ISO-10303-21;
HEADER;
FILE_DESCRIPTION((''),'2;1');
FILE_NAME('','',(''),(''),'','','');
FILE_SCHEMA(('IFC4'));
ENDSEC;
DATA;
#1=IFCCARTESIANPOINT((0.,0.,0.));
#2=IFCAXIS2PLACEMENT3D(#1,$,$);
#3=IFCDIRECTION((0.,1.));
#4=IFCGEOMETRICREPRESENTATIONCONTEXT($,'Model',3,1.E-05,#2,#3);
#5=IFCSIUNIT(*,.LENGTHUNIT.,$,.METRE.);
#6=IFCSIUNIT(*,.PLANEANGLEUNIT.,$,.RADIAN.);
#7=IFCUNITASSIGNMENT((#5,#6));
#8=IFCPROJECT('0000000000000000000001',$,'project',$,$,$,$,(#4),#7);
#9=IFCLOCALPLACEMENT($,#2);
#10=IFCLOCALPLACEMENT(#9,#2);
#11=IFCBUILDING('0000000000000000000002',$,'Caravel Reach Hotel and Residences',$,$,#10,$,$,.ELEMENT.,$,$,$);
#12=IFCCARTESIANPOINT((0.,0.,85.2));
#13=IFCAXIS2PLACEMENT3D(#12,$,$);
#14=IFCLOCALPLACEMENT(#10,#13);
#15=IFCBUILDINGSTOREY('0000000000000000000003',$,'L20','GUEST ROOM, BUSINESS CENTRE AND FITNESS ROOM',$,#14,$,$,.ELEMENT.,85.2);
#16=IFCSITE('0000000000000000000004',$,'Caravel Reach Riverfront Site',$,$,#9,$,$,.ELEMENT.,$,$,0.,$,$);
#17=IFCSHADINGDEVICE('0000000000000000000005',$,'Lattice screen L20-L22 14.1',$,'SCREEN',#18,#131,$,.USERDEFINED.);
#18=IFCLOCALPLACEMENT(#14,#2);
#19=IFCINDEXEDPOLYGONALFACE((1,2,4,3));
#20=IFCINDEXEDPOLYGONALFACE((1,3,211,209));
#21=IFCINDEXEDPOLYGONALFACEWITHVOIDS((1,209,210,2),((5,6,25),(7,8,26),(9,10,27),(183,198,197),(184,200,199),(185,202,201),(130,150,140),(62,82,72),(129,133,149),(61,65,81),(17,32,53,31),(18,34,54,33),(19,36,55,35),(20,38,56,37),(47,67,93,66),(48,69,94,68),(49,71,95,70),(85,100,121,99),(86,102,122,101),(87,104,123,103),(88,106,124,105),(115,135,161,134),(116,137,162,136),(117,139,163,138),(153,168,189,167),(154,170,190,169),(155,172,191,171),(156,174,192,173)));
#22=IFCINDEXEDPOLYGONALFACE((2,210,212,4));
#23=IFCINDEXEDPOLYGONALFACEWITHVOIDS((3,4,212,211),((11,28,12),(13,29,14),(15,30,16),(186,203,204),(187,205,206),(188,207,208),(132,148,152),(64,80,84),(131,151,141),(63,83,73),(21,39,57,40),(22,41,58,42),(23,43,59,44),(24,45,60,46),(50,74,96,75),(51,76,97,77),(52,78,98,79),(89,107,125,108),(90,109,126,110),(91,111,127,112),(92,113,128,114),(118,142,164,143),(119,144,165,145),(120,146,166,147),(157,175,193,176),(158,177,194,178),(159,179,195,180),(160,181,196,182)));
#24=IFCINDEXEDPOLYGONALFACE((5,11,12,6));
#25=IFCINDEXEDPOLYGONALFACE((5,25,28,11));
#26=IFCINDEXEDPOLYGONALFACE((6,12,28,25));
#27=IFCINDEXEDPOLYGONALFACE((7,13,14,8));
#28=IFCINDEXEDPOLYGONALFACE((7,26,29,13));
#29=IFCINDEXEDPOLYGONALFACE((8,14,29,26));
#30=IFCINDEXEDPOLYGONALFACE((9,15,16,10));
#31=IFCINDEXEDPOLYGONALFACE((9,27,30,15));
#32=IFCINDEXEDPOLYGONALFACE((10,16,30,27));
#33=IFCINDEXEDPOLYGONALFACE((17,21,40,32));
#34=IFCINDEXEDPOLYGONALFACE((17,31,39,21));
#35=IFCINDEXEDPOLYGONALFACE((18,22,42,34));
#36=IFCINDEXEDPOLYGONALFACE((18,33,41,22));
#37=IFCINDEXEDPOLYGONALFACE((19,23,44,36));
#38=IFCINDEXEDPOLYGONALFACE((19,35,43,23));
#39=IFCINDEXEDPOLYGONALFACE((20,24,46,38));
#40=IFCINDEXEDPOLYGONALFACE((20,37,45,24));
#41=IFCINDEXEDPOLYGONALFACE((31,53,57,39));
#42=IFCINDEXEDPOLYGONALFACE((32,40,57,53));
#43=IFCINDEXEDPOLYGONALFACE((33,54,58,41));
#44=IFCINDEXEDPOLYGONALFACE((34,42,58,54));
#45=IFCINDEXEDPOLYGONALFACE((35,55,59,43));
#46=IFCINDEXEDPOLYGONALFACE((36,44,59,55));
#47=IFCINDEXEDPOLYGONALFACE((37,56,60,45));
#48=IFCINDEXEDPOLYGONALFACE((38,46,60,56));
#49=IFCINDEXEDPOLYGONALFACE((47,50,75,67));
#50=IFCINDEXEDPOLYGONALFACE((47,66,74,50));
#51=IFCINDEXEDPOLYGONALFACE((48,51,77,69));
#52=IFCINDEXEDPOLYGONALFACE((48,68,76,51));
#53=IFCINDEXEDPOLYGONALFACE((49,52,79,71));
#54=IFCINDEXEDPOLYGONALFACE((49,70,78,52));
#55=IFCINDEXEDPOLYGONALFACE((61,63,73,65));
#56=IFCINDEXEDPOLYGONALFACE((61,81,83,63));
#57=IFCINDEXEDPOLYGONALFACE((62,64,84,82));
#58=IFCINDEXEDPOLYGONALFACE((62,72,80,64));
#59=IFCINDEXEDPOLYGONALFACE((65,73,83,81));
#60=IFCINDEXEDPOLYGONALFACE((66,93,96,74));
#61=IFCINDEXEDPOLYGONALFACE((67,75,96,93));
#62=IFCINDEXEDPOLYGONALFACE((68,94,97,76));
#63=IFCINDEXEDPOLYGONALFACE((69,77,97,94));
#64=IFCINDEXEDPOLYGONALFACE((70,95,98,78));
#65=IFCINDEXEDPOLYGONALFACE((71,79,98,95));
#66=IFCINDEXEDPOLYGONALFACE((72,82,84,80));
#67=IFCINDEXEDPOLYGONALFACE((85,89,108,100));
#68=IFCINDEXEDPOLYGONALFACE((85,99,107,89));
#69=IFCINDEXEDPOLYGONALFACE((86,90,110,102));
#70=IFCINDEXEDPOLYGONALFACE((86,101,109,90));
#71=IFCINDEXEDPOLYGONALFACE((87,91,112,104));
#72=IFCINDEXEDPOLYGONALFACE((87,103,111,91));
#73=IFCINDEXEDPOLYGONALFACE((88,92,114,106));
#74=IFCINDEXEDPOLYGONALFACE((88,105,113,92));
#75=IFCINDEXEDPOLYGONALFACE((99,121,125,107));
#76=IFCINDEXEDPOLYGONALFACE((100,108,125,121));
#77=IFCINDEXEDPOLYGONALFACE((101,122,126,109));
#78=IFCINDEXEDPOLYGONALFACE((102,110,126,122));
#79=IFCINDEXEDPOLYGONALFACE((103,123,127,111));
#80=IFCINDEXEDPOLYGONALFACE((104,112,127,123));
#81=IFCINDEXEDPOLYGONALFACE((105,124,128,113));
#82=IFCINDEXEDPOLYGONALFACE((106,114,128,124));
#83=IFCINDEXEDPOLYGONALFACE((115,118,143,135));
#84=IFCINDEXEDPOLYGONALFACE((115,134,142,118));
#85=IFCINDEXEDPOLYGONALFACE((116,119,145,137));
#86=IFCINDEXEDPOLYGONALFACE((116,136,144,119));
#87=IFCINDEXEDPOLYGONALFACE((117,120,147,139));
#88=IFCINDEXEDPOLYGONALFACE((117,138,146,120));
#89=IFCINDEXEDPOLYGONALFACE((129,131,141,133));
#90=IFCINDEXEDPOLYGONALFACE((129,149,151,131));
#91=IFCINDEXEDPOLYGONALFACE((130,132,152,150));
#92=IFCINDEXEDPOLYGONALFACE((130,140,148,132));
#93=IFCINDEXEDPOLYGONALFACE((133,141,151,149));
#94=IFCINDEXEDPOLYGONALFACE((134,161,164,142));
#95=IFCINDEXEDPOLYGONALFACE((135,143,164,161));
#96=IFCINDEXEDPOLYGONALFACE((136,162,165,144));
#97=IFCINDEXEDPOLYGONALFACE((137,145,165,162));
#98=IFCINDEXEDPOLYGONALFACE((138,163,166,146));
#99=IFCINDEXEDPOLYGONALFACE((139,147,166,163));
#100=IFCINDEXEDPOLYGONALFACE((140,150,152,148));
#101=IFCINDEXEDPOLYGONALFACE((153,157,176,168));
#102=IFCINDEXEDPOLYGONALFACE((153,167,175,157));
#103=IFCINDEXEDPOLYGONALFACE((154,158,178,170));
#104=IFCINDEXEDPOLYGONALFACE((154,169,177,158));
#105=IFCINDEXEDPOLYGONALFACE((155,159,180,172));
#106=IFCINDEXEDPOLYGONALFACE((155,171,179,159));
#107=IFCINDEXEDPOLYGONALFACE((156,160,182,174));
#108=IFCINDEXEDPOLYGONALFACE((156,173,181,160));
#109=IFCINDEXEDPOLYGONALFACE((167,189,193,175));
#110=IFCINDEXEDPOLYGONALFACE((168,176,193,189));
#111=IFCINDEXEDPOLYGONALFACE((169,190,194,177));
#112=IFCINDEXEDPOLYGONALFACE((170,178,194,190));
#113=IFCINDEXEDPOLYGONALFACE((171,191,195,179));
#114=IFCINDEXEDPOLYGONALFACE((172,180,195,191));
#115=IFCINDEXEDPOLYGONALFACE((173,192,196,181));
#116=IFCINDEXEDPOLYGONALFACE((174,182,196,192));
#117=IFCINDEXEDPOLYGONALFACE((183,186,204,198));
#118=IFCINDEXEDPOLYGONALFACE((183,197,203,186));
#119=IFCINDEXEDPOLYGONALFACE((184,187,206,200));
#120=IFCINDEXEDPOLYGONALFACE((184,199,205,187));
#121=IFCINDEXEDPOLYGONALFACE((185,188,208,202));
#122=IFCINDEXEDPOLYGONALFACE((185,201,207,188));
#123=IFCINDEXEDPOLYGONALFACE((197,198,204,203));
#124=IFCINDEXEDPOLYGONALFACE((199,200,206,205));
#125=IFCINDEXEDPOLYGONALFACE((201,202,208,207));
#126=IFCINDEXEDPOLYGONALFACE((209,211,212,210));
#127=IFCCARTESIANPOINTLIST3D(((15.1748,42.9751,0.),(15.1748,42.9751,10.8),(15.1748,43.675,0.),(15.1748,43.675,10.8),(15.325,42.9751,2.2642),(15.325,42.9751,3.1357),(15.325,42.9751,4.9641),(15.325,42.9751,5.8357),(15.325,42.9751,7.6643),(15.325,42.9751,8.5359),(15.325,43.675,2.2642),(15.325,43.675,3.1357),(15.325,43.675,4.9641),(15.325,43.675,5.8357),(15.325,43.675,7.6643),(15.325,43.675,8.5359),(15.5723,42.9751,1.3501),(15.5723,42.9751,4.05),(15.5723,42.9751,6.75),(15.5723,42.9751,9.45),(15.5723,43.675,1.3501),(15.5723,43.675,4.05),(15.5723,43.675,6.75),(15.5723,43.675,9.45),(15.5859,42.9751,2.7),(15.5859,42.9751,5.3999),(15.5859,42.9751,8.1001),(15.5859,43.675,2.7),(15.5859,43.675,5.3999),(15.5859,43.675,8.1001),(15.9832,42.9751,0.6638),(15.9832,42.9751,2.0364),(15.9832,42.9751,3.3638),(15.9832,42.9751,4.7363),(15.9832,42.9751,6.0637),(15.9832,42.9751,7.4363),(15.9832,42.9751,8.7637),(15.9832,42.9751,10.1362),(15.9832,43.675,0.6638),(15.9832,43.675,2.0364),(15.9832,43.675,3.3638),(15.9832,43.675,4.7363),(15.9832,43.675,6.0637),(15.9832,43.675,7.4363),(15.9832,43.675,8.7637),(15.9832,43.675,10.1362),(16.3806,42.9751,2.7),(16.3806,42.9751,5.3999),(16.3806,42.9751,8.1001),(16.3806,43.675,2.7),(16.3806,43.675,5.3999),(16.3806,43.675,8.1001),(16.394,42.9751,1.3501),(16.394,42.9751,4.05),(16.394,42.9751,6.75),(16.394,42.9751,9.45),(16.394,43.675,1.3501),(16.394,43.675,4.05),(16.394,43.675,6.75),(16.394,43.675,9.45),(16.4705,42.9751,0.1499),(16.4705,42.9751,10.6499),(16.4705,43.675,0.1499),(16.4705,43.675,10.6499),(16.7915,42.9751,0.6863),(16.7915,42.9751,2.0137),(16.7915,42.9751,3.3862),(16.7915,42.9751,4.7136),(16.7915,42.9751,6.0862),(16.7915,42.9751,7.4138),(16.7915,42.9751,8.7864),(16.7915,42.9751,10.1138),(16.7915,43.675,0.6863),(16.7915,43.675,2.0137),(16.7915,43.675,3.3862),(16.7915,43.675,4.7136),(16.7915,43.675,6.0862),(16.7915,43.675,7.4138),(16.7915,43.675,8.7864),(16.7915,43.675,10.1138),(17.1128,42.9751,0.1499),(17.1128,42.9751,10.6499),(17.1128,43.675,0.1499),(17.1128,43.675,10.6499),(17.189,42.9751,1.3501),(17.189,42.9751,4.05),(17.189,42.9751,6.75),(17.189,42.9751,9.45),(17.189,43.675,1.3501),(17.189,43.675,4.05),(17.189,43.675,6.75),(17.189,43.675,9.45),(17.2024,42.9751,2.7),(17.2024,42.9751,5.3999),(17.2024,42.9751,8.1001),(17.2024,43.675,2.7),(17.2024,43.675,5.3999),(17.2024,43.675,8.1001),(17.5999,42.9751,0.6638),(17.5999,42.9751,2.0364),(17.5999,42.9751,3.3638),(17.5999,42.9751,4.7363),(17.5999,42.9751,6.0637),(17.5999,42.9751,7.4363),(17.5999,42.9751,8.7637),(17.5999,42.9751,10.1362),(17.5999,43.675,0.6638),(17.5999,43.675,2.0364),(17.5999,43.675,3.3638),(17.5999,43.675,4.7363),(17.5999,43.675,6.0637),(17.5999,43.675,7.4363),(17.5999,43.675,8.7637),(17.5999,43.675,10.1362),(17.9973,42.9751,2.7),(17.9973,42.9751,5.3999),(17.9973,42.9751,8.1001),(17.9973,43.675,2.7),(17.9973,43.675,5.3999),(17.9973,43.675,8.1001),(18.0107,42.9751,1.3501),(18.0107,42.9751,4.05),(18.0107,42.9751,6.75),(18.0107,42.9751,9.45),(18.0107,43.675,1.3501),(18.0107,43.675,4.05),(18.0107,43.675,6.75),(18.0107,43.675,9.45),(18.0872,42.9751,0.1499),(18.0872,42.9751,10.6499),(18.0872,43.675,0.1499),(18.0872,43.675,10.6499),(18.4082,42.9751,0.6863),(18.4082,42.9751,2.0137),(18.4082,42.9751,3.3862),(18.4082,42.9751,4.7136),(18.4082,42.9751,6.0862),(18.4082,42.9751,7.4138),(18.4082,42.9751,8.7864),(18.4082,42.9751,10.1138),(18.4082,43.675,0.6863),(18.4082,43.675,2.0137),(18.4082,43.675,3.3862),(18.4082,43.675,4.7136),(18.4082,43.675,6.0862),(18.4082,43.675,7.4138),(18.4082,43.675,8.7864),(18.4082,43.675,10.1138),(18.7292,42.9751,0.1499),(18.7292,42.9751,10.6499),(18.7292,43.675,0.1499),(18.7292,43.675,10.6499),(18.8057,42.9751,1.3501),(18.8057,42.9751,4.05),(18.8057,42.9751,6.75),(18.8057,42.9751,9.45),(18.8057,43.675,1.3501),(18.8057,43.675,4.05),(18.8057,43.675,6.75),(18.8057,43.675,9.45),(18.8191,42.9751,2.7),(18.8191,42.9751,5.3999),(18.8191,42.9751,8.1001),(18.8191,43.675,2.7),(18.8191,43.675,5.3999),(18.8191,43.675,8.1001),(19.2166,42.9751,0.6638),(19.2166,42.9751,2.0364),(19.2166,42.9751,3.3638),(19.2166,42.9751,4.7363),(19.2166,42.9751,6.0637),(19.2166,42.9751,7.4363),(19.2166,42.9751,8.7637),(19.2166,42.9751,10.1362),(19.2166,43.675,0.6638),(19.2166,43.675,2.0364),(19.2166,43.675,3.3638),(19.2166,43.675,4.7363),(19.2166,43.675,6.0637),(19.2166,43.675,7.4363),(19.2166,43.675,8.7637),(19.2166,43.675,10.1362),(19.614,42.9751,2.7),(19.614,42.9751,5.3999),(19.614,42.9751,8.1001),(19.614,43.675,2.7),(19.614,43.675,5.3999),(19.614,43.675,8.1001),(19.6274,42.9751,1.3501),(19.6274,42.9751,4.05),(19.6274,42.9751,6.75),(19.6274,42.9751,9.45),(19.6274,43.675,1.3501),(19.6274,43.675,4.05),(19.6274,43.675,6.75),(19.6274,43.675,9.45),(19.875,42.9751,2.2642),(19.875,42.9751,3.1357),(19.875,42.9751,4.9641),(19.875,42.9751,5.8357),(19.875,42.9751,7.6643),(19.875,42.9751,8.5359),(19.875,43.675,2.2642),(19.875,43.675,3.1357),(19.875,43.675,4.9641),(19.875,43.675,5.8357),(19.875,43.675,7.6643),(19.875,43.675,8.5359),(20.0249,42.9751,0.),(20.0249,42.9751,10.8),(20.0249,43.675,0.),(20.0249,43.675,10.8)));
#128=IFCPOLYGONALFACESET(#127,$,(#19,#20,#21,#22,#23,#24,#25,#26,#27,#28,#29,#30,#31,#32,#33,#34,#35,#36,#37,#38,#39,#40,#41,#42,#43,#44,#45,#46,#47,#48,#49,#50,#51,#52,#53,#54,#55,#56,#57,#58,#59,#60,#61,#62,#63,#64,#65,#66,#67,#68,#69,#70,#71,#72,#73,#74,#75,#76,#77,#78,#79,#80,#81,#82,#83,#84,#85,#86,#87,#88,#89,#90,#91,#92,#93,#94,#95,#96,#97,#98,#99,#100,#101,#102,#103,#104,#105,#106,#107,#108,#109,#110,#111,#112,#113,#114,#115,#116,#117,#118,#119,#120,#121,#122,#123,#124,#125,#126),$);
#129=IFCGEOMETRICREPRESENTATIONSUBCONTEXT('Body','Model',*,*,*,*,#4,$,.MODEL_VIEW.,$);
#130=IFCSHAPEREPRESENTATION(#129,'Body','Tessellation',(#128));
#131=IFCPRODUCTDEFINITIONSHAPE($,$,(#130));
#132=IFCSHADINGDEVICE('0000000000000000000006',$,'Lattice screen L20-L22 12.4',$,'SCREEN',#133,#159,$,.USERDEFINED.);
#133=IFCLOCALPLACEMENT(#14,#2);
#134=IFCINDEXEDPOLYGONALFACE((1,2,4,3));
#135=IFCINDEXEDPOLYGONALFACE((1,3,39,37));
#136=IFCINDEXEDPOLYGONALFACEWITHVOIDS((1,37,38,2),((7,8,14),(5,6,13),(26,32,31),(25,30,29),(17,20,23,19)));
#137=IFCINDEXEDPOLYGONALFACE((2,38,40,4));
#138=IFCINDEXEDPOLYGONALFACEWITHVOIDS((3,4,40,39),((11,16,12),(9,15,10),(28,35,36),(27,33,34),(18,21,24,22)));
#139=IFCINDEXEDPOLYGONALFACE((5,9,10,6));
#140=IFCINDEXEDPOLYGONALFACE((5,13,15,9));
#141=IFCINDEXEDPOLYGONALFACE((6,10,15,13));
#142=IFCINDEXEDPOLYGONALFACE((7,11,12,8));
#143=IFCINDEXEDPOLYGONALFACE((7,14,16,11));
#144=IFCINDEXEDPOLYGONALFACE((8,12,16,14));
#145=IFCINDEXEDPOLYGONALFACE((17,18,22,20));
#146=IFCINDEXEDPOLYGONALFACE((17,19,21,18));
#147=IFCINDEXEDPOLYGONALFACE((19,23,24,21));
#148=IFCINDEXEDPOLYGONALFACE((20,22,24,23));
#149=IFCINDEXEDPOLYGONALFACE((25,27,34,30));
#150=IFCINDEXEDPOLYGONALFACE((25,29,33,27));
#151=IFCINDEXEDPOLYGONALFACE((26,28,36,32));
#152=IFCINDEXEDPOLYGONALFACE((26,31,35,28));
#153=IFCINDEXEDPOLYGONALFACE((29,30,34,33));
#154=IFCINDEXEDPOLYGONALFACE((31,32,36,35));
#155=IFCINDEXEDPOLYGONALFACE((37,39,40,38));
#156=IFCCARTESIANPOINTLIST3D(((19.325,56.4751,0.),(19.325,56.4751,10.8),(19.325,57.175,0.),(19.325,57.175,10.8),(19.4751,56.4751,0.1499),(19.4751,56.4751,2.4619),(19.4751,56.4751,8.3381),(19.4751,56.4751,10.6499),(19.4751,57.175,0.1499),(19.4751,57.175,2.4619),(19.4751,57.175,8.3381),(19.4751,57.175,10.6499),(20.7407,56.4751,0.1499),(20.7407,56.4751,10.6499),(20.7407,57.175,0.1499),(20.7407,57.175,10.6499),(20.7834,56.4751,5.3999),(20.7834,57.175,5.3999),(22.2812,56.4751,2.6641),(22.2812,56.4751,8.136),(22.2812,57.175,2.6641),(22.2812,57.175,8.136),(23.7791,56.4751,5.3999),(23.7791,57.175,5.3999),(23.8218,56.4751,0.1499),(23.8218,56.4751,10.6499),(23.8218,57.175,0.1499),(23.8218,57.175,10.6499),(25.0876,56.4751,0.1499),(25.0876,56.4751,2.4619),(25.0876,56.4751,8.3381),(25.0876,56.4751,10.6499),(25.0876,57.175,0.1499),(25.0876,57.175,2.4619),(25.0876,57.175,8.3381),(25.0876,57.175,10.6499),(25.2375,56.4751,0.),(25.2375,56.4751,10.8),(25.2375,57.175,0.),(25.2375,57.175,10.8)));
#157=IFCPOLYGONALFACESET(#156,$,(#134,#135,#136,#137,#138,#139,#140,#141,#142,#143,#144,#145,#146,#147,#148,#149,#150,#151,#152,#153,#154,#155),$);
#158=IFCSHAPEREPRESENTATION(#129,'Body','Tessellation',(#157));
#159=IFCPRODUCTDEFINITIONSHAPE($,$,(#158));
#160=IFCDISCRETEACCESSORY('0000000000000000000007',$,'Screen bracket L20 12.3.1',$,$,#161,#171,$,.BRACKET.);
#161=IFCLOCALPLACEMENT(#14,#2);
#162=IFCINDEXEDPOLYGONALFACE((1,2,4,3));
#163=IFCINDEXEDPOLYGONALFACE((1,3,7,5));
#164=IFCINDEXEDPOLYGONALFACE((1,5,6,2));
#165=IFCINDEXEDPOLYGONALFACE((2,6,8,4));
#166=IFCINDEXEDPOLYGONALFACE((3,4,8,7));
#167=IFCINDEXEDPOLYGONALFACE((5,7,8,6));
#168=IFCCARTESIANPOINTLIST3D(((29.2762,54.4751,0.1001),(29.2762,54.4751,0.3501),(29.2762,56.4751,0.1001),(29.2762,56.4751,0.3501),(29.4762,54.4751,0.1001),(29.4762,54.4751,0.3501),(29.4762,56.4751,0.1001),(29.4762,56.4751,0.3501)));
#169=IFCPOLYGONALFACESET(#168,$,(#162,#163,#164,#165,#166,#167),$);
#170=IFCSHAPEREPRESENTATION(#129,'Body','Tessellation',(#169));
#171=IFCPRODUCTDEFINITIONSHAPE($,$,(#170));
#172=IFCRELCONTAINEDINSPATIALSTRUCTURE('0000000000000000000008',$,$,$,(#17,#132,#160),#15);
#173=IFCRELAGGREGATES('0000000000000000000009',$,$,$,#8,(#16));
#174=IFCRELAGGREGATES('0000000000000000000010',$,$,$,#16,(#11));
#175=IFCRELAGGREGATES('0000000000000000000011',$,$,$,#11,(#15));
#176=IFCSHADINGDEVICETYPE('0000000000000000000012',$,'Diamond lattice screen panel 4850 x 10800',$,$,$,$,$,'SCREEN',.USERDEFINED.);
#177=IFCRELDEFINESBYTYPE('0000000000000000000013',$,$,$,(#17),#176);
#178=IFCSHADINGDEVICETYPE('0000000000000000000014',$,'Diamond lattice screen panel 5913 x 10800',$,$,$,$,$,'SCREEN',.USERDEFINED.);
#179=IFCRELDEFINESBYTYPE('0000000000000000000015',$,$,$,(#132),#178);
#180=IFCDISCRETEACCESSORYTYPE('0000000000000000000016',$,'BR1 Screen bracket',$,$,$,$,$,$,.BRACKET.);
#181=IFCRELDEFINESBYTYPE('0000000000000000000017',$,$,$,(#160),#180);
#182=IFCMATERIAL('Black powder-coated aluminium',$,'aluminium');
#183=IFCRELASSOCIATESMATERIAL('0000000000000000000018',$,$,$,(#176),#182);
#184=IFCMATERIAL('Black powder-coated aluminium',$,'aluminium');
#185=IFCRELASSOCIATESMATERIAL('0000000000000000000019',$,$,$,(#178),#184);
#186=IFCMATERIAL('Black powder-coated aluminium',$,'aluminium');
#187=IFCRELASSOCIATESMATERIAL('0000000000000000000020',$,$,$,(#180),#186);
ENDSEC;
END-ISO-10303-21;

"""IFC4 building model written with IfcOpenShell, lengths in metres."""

from ifc_helpers import new_model, si_unit, direction, frame, origin, origin_2d, place, context, subcontext, project, spatial, polyline, rectangle, outline, extrude, material, type_object, element, save


model = new_model("IFC4")

# Units and contexts
model_context = context("Model", 3, precision=1e-05, world=origin(), true_north=direction((0.0, 1.0)))
body_context = subcontext(model_context, "Body", "Model", "MODEL_VIEW")
ifc_project = project(units=[si_unit("LENGTHUNIT", "METRE"), si_unit("PLANEANGLEUNIT", "RADIAN")], contexts=[model_context])

# Site, building, storey
site_placement = place(None, origin())
site = spatial("IfcSite", under=ifc_project, at=site_placement, Name="Caravel Reach Riverfront Site", CompositionType="ELEMENT", RefElevation=0.0)
building_placement = place(site_placement, origin())
building = spatial("IfcBuilding", under=site, at=building_placement, Name="Caravel Reach Hotel and Residences", CompositionType="ELEMENT")
storey_placement = place(building_placement, frame((0.0, 0.0, 85.2)))
storey = spatial("IfcBuildingStorey", under=building, at=storey_placement, Name="L20", Description="GUEST ROOM, BUSINESS CENTRE AND FITNESS ROOM", CompositionType="ELEMENT", Elevation=85.2)

# Shading devices
ifc_material_1 = material(Name="Black powder-coated aluminium", Category="aluminium")
shading_device_type_1 = type_object("IfcShadingDeviceType", Name="Diamond lattice screen panel 4850 x 10800", ElementType="SCREEN", PredefinedType="USERDEFINED", material=ifc_material_1)
shading_device_1_placement = place(storey_placement, frame((20.0249, 42.9751, 0.0), z_axis=(0.0, 1.0, 0.0), x_axis=(-1.0, 0.0, 0.0)))
element("IfcShadingDevice", 1, at=shading_device_1_placement, inside=storey, type_object=shading_device_type_1, Name="Lattice screen L20-L22 14.1", ObjectType="SCREEN", PredefinedType="USERDEFINED", context=body_context, shape_type="SweptSolid", body=[
    extrude(outline(polyline([(0.0, 0.0), (4.8501, 0.0), (4.8501, 10.8), (0.0, 10.8), (0.0, 0.0)]), holes=[polyline([(0.4109, 2.7), (0.1499, 3.1357), (0.1499, 2.2642), (0.4109, 2.7)]), polyline([(0.4109, 5.3999), (0.1499, 5.8357), (0.1499, 4.9641), (0.4109, 5.3999)]), polyline([(0.4109, 8.1001), (0.1499, 8.5359), (0.1499, 7.6643), (0.4109, 8.1001)]), polyline([(0.8083, 2.0364), (0.3975, 1.3501), (0.8083, 0.6638), (1.2192, 1.3501), (0.8083, 2.0364)]), polyline([(0.8083, 4.7363), (0.3975, 4.05), (0.8083, 3.3638), (1.2192, 4.05), (0.8083, 4.7363)]), polyline([(0.8083, 7.4363), (0.3975, 6.75), (0.8083, 6.0637), (1.2192, 6.75), (0.8083, 7.4363)]), polyline([(0.8083, 10.1362), (0.3975, 9.45), (0.8083, 8.7637), (1.2192, 9.45), (0.8083, 10.1362)]), polyline([(1.6167, 0.6863), (1.2957, 0.1499), (1.9377, 0.1499), (1.6167, 0.6863)]), polyline([(1.6167, 3.3862), (1.2058, 2.7), (1.6167, 2.0137), (2.0276, 2.7), (1.6167, 3.3862)]), polyline([(1.6167, 6.0862), (1.2058, 5.3999), (1.6167, 4.7136), (2.0276, 5.3999), (1.6167, 6.0862)]), polyline([(1.6167, 8.7864), (1.2058, 8.1001), (1.6167, 7.4138), (2.0276, 8.1001), (1.6167, 8.7864)]), polyline([(1.6167, 10.1138), (1.9377, 10.6499), (1.2957, 10.6499), (1.6167, 10.1138)]), polyline([(2.425, 2.0364), (2.0142, 1.3501), (2.425, 0.6638), (2.8359, 1.3501), (2.425, 2.0364)]), polyline([(2.425, 4.7363), (2.0142, 4.05), (2.425, 3.3638), (2.8359, 4.05), (2.425, 4.7363)]), polyline([(2.425, 7.4363), (2.0142, 6.75), (2.425, 6.0637), (2.8359, 6.75), (2.425, 7.4363)]), polyline([(2.425, 10.1362), (2.0142, 9.45), (2.425, 8.7637), (2.8359, 9.45), (2.425, 10.1362)]), polyline([(3.2334, 0.6863), (2.9121, 0.1499), (3.5544, 0.1499), (3.2334, 0.6863)]), polyline([(3.2334, 3.3862), (2.8225, 2.7), (3.2334, 2.0137), (3.6443, 2.7), (3.2334, 3.3862)]), polyline([(3.2334, 6.0862), (2.8225, 5.3999), (3.2334, 4.7136), (3.6443, 5.3999), (3.2334, 6.0862)]), polyline([(3.2334, 8.7864), (2.8225, 8.1001), (3.2334, 7.4138), (3.6443, 8.1001), (3.2334, 8.7864)]), polyline([(3.2334, 10.1138), (3.5544, 10.6499), (2.9121, 10.6499), (3.2334, 10.1138)]), polyline([(4.0417, 2.0364), (3.6309, 1.3501), (4.0417, 0.6638), (4.4526, 1.3501), (4.0417, 2.0364)]), polyline([(4.0417, 4.7363), (3.6309, 4.05), (4.0417, 3.3638), (4.4526, 4.05), (4.0417, 4.7363)]), polyline([(4.0417, 7.4363), (3.6309, 6.75), (4.0417, 6.0637), (4.4526, 6.75), (4.0417, 7.4363)]), polyline([(4.0417, 10.1362), (3.6309, 9.45), (4.0417, 8.7637), (4.4526, 9.45), (4.0417, 10.1362)]), polyline([(4.439, 2.7), (4.7, 2.2642), (4.7, 3.1357), (4.439, 2.7)]), polyline([(4.439, 5.3999), (4.7, 4.9641), (4.7, 5.8357), (4.439, 5.3999)]), polyline([(4.439, 8.1001), (4.7, 7.6643), (4.7, 8.5359), (4.439, 8.1001)])]), origin(), (0.0, 0.0, 1.0), 0.7),
])
ifc_material_2 = material(Name="Black powder-coated aluminium", Category="aluminium")
shading_device_type_2 = type_object("IfcShadingDeviceType", Name="Diamond lattice screen panel 5913 x 10800", ElementType="SCREEN", PredefinedType="USERDEFINED", material=ifc_material_2)
shading_device_2_placement = place(storey_placement, frame((25.2375, 56.4751, 0.0), z_axis=(0.0, 1.0, 0.0), x_axis=(-1.0, 0.0, 0.0)))
element("IfcShadingDevice", 2, at=shading_device_2_placement, inside=storey, type_object=shading_device_type_2, Name="Lattice screen L20-L22 12.4", ObjectType="SCREEN", PredefinedType="USERDEFINED", context=body_context, shape_type="SweptSolid", body=[
    extrude(outline(polyline([(0.0, 0.0), (5.9126, 0.0), (5.9126, 10.8), (0.0, 10.8), (0.0, 0.0)]), holes=[polyline([(1.4158, 0.1499), (0.1499, 2.4619), (0.1499, 0.1499), (1.4158, 0.1499)]), polyline([(0.1499, 8.3381), (1.4158, 10.6499), (0.1499, 10.6499), (0.1499, 8.3381)]), polyline([(2.9563, 8.136), (1.4585, 5.3999), (2.9563, 2.6641), (4.4541, 5.3999), (2.9563, 8.136)]), polyline([(5.7625, 2.4619), (4.4968, 0.1499), (5.7625, 0.1499), (5.7625, 2.4619)]), polyline([(4.4968, 10.6499), (5.7625, 8.3381), (5.7625, 10.6499), (4.4968, 10.6499)])]), origin(), (0.0, 0.0, 1.0), 0.7),
])

# Discrete accessory
ifc_material_3 = material(Name="Black powder-coated aluminium", Category="aluminium")
discrete_accessory_type = type_object("IfcDiscreteAccessoryType", Name="BR1 Screen bracket", PredefinedType="BRACKET", material=ifc_material_3)
discrete_accessory_1_placement = place(storey_placement, frame((29.3762, 55.4751, 0.1001), z_axis=(0.0, 0.0, 1.0), x_axis=(0.0, 1.0, 0.0)))
element("IfcDiscreteAccessory", 3, at=discrete_accessory_1_placement, inside=storey, type_object=discrete_accessory_type, Name="Screen bracket L20 12.3.1", PredefinedType="BRACKET", context=body_context, shape_type="SweptSolid", body=[
    extrude(rectangle(XDim=2.0, YDim=0.2, at=origin_2d()), origin(), (0.0, 0.0, 1.0), 0.25),
])

save(model, "model.ifc")
